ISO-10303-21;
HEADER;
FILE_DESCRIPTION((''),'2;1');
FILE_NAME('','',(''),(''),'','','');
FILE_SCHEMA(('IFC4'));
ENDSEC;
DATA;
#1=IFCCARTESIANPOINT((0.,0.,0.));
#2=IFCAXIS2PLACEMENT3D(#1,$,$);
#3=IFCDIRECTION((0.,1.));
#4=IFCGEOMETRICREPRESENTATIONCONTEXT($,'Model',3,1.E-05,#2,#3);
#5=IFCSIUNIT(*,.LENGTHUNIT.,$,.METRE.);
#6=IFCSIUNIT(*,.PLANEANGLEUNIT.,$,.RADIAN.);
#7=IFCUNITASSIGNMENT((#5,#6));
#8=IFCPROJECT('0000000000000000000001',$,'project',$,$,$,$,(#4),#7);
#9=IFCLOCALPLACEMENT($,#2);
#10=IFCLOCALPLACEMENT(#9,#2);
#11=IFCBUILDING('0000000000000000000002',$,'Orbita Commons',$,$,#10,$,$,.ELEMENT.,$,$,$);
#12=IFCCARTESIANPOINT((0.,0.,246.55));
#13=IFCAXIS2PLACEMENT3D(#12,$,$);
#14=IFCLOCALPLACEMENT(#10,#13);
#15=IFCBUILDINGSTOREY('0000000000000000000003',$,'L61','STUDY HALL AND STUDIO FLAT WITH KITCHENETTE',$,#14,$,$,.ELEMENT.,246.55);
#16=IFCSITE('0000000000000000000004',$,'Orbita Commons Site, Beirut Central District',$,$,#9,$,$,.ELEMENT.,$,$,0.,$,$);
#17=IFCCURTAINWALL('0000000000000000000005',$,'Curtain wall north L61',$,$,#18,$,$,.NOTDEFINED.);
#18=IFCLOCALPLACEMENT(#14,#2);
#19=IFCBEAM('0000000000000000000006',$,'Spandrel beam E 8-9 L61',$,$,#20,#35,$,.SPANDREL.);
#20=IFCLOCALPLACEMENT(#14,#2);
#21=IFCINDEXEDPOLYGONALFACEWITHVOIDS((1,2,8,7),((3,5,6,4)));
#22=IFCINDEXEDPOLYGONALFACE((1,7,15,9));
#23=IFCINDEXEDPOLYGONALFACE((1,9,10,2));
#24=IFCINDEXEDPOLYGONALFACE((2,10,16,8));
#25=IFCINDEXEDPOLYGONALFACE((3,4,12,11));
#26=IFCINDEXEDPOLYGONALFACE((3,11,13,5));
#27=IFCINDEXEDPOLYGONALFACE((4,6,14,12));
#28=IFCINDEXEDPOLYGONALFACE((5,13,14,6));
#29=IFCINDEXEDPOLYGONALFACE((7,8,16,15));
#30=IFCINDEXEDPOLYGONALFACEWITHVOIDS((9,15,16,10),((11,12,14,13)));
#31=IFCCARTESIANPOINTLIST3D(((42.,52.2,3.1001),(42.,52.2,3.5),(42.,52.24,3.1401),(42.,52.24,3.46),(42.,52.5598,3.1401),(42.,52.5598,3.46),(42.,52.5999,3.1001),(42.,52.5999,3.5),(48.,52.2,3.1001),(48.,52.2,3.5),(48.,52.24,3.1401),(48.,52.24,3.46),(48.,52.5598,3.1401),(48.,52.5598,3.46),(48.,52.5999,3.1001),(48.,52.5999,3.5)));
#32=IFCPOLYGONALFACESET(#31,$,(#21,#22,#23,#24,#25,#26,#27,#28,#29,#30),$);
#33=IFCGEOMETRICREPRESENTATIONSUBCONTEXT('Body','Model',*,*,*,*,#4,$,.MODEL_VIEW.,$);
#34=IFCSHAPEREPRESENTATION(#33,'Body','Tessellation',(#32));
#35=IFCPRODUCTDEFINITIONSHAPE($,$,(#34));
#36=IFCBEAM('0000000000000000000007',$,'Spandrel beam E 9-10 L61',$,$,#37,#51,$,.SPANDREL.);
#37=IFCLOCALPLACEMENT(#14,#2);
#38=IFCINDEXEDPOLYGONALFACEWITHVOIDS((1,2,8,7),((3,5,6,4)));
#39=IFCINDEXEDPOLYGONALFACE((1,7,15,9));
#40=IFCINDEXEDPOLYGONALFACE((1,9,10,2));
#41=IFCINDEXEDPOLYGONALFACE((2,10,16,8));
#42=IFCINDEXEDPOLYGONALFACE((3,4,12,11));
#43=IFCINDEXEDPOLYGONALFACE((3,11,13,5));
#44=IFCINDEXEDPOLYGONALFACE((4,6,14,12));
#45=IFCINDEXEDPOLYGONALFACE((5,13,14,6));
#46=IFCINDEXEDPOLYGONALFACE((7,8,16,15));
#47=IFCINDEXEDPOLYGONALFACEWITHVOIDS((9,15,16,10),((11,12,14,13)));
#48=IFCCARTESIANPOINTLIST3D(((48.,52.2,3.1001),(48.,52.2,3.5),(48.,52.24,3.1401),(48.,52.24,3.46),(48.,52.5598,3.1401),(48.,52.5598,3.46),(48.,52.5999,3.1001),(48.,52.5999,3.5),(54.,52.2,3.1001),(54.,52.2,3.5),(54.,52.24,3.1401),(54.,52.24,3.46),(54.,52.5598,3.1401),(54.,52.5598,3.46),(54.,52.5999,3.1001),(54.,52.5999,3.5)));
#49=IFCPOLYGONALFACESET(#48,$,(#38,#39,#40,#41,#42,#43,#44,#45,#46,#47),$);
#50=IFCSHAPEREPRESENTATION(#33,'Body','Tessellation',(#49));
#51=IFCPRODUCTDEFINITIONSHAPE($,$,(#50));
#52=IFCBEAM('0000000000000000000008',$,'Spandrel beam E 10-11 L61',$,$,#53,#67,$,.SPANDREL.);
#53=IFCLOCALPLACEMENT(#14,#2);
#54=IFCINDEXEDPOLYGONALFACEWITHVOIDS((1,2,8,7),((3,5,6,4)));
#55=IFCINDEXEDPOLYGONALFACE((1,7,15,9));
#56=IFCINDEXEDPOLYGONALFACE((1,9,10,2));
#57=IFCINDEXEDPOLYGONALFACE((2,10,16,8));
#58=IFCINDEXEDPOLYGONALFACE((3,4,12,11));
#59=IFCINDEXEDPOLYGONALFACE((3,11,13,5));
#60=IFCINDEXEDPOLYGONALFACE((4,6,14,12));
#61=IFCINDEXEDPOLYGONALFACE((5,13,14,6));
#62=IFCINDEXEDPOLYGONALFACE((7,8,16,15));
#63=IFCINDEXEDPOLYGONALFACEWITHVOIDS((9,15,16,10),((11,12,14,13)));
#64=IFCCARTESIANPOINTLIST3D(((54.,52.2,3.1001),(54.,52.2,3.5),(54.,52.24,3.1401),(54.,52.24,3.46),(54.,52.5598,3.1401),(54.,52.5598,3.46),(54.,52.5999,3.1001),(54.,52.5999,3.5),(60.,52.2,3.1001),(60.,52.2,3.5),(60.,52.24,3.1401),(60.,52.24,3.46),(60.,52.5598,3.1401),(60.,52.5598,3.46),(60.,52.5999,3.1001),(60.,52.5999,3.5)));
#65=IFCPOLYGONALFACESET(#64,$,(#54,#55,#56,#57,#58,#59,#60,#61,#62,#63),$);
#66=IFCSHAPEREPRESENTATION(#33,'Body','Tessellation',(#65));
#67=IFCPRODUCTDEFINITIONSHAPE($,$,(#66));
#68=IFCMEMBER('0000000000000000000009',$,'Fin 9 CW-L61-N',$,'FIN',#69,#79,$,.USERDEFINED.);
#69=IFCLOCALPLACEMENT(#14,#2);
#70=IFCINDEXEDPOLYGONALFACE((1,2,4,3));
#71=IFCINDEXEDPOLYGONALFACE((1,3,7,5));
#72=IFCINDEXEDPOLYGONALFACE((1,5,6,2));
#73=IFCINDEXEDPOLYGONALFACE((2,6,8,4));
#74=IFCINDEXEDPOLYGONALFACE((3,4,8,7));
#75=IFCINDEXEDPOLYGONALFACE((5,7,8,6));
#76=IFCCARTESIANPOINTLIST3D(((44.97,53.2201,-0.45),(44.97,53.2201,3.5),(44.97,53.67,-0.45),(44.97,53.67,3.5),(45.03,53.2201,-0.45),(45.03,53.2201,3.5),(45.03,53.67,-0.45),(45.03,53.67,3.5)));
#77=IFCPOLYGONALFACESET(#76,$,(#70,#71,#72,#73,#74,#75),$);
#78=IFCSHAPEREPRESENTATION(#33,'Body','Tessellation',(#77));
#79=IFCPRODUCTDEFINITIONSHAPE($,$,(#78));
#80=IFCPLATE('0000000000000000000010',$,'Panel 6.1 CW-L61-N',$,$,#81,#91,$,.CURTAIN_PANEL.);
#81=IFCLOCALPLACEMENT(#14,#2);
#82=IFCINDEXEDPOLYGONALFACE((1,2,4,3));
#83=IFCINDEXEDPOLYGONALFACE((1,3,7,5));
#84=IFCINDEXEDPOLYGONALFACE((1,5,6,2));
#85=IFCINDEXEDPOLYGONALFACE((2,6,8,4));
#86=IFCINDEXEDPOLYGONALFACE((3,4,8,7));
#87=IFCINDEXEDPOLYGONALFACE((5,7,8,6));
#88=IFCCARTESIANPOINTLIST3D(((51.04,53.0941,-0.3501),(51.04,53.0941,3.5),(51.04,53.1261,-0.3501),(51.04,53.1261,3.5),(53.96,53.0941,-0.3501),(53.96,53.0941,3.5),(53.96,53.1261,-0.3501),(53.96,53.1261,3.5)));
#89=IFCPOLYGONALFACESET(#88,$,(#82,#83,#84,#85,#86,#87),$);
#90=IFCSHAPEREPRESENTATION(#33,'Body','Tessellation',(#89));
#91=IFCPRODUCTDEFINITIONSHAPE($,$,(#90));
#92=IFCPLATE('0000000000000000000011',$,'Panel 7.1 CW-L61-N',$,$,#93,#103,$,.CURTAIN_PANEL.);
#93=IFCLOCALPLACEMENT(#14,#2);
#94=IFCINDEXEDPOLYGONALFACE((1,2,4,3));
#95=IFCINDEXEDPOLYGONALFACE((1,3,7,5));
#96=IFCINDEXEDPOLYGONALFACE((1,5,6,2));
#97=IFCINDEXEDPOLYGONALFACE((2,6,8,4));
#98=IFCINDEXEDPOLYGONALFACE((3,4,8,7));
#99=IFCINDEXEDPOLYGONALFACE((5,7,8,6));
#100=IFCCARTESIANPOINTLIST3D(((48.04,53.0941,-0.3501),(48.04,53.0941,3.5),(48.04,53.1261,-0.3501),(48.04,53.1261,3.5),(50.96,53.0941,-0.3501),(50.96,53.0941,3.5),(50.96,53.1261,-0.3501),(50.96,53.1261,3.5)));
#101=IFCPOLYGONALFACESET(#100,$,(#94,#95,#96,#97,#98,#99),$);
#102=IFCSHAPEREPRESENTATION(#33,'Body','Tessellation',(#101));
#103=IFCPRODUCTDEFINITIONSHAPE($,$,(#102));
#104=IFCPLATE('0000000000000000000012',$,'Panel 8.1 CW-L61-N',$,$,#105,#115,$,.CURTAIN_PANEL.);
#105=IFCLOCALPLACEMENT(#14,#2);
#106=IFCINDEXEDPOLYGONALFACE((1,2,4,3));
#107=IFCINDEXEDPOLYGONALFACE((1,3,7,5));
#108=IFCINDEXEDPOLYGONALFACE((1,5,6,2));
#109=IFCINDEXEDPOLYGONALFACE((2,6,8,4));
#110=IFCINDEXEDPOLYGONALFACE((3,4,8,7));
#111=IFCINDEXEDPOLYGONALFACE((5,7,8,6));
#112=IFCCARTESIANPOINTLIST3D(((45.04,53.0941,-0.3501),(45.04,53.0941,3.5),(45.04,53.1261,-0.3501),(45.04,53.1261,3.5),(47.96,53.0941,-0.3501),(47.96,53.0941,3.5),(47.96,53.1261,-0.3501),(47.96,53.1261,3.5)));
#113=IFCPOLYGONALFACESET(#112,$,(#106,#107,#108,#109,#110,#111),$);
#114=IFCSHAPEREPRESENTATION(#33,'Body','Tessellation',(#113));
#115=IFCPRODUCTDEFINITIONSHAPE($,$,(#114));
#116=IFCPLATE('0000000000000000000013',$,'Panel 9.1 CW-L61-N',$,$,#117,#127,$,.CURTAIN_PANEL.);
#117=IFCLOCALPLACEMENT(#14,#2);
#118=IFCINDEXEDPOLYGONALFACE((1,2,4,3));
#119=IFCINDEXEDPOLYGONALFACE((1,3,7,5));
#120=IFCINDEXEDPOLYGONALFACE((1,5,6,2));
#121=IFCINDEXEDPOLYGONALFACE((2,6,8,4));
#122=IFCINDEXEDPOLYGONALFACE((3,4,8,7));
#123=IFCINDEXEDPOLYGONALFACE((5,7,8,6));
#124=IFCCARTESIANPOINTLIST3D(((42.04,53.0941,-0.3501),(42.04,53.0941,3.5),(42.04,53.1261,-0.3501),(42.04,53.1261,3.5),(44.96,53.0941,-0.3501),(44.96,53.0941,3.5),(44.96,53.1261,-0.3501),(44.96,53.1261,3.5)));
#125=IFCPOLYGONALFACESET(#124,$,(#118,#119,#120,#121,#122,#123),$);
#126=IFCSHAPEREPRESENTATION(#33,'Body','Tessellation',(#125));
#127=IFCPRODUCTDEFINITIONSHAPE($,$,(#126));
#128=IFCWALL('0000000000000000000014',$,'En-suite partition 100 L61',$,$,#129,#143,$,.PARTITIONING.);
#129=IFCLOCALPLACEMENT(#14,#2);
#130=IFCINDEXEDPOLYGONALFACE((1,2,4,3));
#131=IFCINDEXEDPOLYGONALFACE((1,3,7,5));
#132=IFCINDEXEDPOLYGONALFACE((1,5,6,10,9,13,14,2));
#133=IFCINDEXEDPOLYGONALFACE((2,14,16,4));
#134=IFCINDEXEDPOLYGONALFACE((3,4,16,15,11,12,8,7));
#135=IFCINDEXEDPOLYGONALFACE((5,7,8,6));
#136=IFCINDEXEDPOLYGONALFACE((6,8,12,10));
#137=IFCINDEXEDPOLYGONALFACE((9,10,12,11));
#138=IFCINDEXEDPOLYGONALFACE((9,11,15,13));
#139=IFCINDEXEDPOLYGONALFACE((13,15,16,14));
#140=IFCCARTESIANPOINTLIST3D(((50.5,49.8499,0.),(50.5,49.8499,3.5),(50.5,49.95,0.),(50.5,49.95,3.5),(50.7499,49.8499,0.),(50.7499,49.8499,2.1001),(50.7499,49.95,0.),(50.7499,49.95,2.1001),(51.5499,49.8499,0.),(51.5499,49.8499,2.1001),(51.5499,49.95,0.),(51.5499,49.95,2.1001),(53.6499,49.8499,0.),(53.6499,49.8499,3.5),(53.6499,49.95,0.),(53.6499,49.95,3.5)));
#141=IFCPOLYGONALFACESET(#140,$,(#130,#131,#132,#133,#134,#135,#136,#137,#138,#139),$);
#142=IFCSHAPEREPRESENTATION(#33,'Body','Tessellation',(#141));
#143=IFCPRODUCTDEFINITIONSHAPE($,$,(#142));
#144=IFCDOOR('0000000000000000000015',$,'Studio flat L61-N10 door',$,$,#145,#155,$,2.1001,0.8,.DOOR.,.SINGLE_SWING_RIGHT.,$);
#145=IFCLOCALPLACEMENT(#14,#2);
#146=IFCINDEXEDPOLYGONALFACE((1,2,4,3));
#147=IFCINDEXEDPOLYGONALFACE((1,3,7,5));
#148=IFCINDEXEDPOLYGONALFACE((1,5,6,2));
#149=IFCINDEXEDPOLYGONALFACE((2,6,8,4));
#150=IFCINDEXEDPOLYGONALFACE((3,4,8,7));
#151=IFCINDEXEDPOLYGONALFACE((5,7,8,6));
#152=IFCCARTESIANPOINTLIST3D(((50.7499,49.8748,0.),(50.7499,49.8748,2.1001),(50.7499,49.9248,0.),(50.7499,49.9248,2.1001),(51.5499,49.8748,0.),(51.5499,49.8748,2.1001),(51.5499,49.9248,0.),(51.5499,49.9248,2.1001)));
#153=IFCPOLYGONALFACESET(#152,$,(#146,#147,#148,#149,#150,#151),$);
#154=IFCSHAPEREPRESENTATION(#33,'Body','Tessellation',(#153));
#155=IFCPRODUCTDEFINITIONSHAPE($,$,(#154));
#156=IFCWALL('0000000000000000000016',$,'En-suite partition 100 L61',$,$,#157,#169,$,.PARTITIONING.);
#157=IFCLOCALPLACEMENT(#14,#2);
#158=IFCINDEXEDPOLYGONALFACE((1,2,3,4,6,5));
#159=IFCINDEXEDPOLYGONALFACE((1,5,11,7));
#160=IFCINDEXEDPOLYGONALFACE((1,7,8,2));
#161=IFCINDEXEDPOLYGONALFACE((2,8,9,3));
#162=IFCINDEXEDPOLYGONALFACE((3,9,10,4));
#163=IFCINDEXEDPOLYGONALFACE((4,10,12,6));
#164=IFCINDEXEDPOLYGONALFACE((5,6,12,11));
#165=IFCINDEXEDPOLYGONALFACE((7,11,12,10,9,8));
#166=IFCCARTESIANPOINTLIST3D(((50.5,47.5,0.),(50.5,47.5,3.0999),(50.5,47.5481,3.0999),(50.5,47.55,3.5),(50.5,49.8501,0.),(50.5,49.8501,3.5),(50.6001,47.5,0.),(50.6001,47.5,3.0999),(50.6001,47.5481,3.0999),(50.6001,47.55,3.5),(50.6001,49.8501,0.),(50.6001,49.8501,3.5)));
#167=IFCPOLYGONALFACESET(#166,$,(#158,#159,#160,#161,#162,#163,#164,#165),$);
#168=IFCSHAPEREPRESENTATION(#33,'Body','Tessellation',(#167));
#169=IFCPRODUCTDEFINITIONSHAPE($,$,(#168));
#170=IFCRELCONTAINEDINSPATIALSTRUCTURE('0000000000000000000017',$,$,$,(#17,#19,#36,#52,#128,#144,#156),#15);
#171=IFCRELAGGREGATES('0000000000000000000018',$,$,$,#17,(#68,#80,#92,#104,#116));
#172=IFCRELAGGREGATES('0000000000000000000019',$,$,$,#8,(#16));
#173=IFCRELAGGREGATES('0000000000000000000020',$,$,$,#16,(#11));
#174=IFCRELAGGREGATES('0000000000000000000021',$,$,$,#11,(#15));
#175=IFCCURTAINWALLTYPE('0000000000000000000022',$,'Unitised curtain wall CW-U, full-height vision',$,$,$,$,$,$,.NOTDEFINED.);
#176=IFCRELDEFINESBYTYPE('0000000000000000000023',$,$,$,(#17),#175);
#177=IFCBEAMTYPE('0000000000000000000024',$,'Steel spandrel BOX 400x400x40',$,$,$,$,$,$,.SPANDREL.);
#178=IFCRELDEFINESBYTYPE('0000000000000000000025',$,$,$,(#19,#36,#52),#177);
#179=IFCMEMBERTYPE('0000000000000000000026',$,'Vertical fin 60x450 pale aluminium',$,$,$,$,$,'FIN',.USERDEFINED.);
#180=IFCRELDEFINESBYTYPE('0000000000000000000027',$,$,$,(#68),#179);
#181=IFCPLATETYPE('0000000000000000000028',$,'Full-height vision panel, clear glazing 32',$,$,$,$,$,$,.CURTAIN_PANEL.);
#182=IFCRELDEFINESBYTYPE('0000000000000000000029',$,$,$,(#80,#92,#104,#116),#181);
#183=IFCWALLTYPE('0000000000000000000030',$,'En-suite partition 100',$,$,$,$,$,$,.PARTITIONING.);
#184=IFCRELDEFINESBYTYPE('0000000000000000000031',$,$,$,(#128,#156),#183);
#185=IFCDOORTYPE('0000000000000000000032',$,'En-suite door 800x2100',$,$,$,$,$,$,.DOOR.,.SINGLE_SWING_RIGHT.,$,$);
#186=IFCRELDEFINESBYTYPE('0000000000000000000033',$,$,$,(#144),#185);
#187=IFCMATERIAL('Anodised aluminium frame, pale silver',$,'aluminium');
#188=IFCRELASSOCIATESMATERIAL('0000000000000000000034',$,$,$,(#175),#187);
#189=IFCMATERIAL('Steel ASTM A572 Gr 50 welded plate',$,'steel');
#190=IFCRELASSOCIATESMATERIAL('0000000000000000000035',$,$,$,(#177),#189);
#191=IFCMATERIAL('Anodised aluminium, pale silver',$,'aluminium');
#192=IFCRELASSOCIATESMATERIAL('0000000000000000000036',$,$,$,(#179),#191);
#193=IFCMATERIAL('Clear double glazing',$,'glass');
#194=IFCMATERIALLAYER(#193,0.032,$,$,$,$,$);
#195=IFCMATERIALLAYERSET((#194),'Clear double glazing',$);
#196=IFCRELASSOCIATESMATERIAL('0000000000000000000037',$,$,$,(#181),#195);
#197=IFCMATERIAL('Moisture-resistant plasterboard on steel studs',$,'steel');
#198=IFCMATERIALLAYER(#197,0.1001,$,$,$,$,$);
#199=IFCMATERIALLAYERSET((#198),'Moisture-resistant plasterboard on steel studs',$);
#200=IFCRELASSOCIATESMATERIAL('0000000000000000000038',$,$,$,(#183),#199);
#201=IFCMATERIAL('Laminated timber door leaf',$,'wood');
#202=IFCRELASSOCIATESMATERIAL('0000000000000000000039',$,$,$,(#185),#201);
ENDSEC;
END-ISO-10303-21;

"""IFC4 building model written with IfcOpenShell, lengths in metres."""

from ifc_helpers import new_model, si_unit, direction, frame, frame_2d, origin, origin_2d, place, context, subcontext, project, spatial, polyline, rectangle, hollow_rectangle, outline, extrude, material, layer, layer_set, material_profile, profile_set, type_object, element, fill, aggregate, save


model = new_model("IFC4")

# Units and contexts
model_context = context("Model", 3, precision=1e-05, world=origin(), true_north=direction((0.0, 1.0)))
body_context = subcontext(model_context, "Body", "Model", "MODEL_VIEW")
ifc_project = project(units=[si_unit("LENGTHUNIT", "METRE"), si_unit("PLANEANGLEUNIT", "RADIAN")], contexts=[model_context])

# Site, building, storey
site_placement = place(None, origin())
site = spatial("IfcSite", under=ifc_project, at=site_placement, Name="Orbita Commons Site, Beirut Central District", CompositionType="ELEMENT", RefElevation=0.0)
building_placement = place(site_placement, origin())
building = spatial("IfcBuilding", under=site, at=building_placement, Name="Orbita Commons", CompositionType="ELEMENT")
storey_placement = place(building_placement, frame((0.0, 0.0, 246.55)))
storey = spatial("IfcBuildingStorey", under=building, at=storey_placement, Name="L61", Description="STUDY HALL AND STUDIO FLAT WITH KITCHENETTE", CompositionType="ELEMENT", Elevation=246.55)

# Curtain wall
ifc_material_1 = material(Name="Anodised aluminium frame, pale silver", Category="aluminium")
curtain_wall_type = type_object("IfcCurtainWallType", Name="Unitised curtain wall CW-U, full-height vision", PredefinedType="NOTDEFINED", material=ifc_material_1)
curtain_wall_placement = place(storey_placement, origin())
curtain_wall = element("IfcCurtainWall", 1, at=curtain_wall_placement, inside=storey, type_object=curtain_wall_type, Name="Curtain wall north L61", PredefinedType="NOTDEFINED")

# Beams
ifc_material_2 = material(Name="Steel ASTM A572 Gr 50 welded plate", Category="steel")
ifc_material_profile_1 = material_profile(ifc_material_2, hollow_rectangle(XDim=0.3999, YDim=0.3999, WallThickness=0.04, at=origin_2d()), Name="BOX 400x400x40")
ifc_profile_set_1 = profile_set([ifc_material_profile_1], Name="Steel ASTM A572 Gr 50 welded plate")
beam_type = type_object("IfcBeamType", Name="Steel spandrel BOX 400x400x40", PredefinedType="SPANDREL", material=ifc_profile_set_1)
for number, where, z_axis, x_axis, name in (
    (2, (42.0, 52.3999, 3.3), (1.0, 0.0, 0.0), (0.0, 1.0, 0.0), "Spandrel beam E 8-9 L61"),
    (3, (48.0, 52.3999, 3.3), (1.0, 0.0, 0.0), (0.0, 1.0, 0.0), "Spandrel beam E 9-10 L61"),
    (4, (54.0, 52.3999, 3.3), (1.0, 0.0, 0.0), (0.0, 1.0, 0.0), "Spandrel beam E 10-11 L61"),
):
    element("IfcBeam", number, at=place(storey_placement, frame(where, z_axis=z_axis, x_axis=x_axis)), inside=storey, type_object=beam_type, Name=name, PredefinedType="SPANDREL", context=body_context, shape_type="SweptSolid", body=[
        extrude(hollow_rectangle(XDim=0.3999, YDim=0.3999, WallThickness=0.04, at=origin_2d()), origin(), (0.0, 0.0, 1.0), 6.0),
    ])

# Member
ifc_material_3 = material(Name="Anodised aluminium, pale silver", Category="aluminium")
ifc_material_profile_2 = material_profile(ifc_material_3, rectangle(XDim=0.0601, YDim=0.45, at=origin_2d()), Name="FIN 60x450")
ifc_profile_set_2 = profile_set([ifc_material_profile_2], Name="Anodised aluminium, pale silver")
member_type_1 = type_object("IfcMemberType", Name="Vertical fin 60x450 pale aluminium", ElementType="FIN", PredefinedType="USERDEFINED", material=ifc_profile_set_2)
member_1_placement = place(storey_placement, frame((45.0, 53.4451, -0.45), z_axis=(0.0, 0.0, 1.0), x_axis=(-1.0, 0.0, 0.0)))
member_1 = element("IfcMember", 5, at=member_1_placement, type_object=member_type_1, Name="Fin 9 CW-L61-N", ObjectType="FIN", PredefinedType="USERDEFINED", context=body_context, shape_type="SweptSolid", body=[
    extrude(rectangle(XDim=0.0601, YDim=0.45, at=origin_2d()), origin(), (0.0, 0.0, 1.0), 3.95),
])

# Plates
ifc_material_4 = material(Name="Clear double glazing", Category="glass")
ifc_layer_1 = layer(ifc_material_4, 0.032)
ifc_layer_set_1 = layer_set([ifc_layer_1], Name="Clear double glazing")
plate_type = type_object("IfcPlateType", Name="Full-height vision panel, clear glazing 32", PredefinedType="CURTAIN_PANEL", material=ifc_layer_set_1)
plate_1_placement = place(storey_placement, frame((52.5, 53.1101, -0.3501), z_axis=(0.0, 0.0, 1.0), x_axis=(-1.0, 0.0, 0.0)))
plate_1 = element("IfcPlate", 6, at=plate_1_placement, type_object=plate_type, Name="Panel 6.1 CW-L61-N", PredefinedType="CURTAIN_PANEL", context=body_context, shape_type="SweptSolid", body=[
    extrude(rectangle(XDim=2.9199, YDim=0.032, at=origin_2d()), origin(), (0.0, 0.0, 1.0), 3.8501),
])
plate_2_placement = place(storey_placement, frame((49.5, 53.1101, -0.3501), z_axis=(0.0, 0.0, 1.0), x_axis=(-1.0, 0.0, 0.0)))
plate_2 = element("IfcPlate", 7, at=plate_2_placement, type_object=plate_type, Name="Panel 7.1 CW-L61-N", PredefinedType="CURTAIN_PANEL", context=body_context, shape_type="SweptSolid", body=[
    extrude(rectangle(XDim=2.9199, YDim=0.032, at=origin_2d()), origin(), (0.0, 0.0, 1.0), 3.8501),
])
plate_3_placement = place(storey_placement, frame((46.5, 53.1101, -0.3501), z_axis=(0.0, 0.0, 1.0), x_axis=(-1.0, 0.0, 0.0)))
plate_3 = element("IfcPlate", 8, at=plate_3_placement, type_object=plate_type, Name="Panel 8.1 CW-L61-N", PredefinedType="CURTAIN_PANEL", context=body_context, shape_type="SweptSolid", body=[
    extrude(rectangle(XDim=2.9199, YDim=0.032, at=origin_2d()), origin(), (0.0, 0.0, 1.0), 3.8501),
])
plate_4_placement = place(storey_placement, frame((43.5, 53.1101, -0.3501), z_axis=(0.0, 0.0, 1.0), x_axis=(-1.0, 0.0, 0.0)))
plate_4 = element("IfcPlate", 9, at=plate_4_placement, type_object=plate_type, Name="Panel 9.1 CW-L61-N", PredefinedType="CURTAIN_PANEL", context=body_context, shape_type="SweptSolid", body=[
    extrude(rectangle(XDim=2.9199, YDim=0.032, at=origin_2d()), origin(), (0.0, 0.0, 1.0), 3.8501),
])
aggregate(curtain_wall, [member_1, plate_1, plate_2, plate_3, plate_4])

# Wall, opening, door
ifc_material_5 = material(Name="Moisture-resistant plasterboard on steel studs", Category="steel")
ifc_layer_2 = layer(ifc_material_5, 0.1001)
ifc_layer_set_2 = layer_set([ifc_layer_2], Name="Moisture-resistant plasterboard on steel studs")
wall_type_1 = type_object("IfcWallType", Name="En-suite partition 100", PredefinedType="PARTITIONING", material=ifc_layer_set_2)
wall_1_placement = place(storey_placement, frame((50.5, 49.8999, 0.0), z_axis=(0.0, 0.0, 1.0), x_axis=(1.0, 0.0, 0.0)))
wall_1 = element("IfcWall", 10, at=wall_1_placement, inside=storey, type_object=wall_type_1, Name="En-suite partition 100 L61", PredefinedType="PARTITIONING", context=body_context, shape_type="SweptSolid", body=[
    extrude(rectangle(XDim=3.1499, YDim=0.1001, at=frame_2d((1.575, 0.0))), origin(), (0.0, 0.0, 1.0), 3.5),
])
opening_1_placement = place(wall_1_placement, frame((0.25, 0.0, 0.0)))
opening_1 = element("IfcOpeningElement", 11, at=opening_1_placement, cuts=wall_1, PredefinedType="OPENING", context=body_context, shape_type="SweptSolid", body=[
    extrude(rectangle(XDim=0.8, YDim=2.1001, at=frame_2d((0.3999, 1.05))), frame((0.0, 0.0601, 0.0), z_axis=(0.0, -1.0, 0.0), x_axis=(1.0, 0.0, 0.0)), (0.0, 0.0, 1.0), 0.1201),
])
ifc_material_6 = material(Name="Laminated timber door leaf", Category="wood")
door_type = type_object("IfcDoorType", Name="En-suite door 800x2100", OperationType="SINGLE_SWING_RIGHT", PredefinedType="DOOR", material=ifc_material_6)
door_1_placement = place(opening_1_placement, origin())
door_1 = element("IfcDoor", 12, at=door_1_placement, inside=storey, type_object=door_type, Name="Studio flat L61-N10 door", OperationType="SINGLE_SWING_RIGHT", OverallHeight=2.1001, OverallWidth=0.8, PredefinedType="DOOR", context=body_context, shape_type="SweptSolid", body=[
    extrude(rectangle(XDim=0.8, YDim=2.1001, at=frame_2d((0.3999, 1.05))), frame((0.0, 0.0249, 0.0), z_axis=(0.0, -1.0, 0.0), x_axis=(1.0, 0.0, 0.0)), (0.0, 0.0, 1.0), 0.05),
])
fill(opening_1, door_1)

# Wall
wall_2_placement = place(storey_placement, frame((50.55, 49.8501, 0.0), z_axis=(0.0, 0.0, 1.0), x_axis=(0.0, -1.0, 0.0)))
element("IfcWall", 13, at=wall_2_placement, inside=storey, type_object=wall_type_1, Name="En-suite partition 100 L61", PredefinedType="PARTITIONING", context=body_context, shape_type="SweptSolid", body=[
    extrude(outline(polyline([(0.0, 0.0), (2.3501, 0.0), (2.3501, 3.0999), (2.302, 3.0999), (2.3, 3.5), (0.0, 3.5), (0.0, 0.0)])), frame((0.0, 0.05, 0.0), z_axis=(0.0, -1.0, 0.0), x_axis=(1.0, 0.0, 0.0)), (0.0, 0.0, 1.0), 0.1001),
])

save(model, "model.ifc")
